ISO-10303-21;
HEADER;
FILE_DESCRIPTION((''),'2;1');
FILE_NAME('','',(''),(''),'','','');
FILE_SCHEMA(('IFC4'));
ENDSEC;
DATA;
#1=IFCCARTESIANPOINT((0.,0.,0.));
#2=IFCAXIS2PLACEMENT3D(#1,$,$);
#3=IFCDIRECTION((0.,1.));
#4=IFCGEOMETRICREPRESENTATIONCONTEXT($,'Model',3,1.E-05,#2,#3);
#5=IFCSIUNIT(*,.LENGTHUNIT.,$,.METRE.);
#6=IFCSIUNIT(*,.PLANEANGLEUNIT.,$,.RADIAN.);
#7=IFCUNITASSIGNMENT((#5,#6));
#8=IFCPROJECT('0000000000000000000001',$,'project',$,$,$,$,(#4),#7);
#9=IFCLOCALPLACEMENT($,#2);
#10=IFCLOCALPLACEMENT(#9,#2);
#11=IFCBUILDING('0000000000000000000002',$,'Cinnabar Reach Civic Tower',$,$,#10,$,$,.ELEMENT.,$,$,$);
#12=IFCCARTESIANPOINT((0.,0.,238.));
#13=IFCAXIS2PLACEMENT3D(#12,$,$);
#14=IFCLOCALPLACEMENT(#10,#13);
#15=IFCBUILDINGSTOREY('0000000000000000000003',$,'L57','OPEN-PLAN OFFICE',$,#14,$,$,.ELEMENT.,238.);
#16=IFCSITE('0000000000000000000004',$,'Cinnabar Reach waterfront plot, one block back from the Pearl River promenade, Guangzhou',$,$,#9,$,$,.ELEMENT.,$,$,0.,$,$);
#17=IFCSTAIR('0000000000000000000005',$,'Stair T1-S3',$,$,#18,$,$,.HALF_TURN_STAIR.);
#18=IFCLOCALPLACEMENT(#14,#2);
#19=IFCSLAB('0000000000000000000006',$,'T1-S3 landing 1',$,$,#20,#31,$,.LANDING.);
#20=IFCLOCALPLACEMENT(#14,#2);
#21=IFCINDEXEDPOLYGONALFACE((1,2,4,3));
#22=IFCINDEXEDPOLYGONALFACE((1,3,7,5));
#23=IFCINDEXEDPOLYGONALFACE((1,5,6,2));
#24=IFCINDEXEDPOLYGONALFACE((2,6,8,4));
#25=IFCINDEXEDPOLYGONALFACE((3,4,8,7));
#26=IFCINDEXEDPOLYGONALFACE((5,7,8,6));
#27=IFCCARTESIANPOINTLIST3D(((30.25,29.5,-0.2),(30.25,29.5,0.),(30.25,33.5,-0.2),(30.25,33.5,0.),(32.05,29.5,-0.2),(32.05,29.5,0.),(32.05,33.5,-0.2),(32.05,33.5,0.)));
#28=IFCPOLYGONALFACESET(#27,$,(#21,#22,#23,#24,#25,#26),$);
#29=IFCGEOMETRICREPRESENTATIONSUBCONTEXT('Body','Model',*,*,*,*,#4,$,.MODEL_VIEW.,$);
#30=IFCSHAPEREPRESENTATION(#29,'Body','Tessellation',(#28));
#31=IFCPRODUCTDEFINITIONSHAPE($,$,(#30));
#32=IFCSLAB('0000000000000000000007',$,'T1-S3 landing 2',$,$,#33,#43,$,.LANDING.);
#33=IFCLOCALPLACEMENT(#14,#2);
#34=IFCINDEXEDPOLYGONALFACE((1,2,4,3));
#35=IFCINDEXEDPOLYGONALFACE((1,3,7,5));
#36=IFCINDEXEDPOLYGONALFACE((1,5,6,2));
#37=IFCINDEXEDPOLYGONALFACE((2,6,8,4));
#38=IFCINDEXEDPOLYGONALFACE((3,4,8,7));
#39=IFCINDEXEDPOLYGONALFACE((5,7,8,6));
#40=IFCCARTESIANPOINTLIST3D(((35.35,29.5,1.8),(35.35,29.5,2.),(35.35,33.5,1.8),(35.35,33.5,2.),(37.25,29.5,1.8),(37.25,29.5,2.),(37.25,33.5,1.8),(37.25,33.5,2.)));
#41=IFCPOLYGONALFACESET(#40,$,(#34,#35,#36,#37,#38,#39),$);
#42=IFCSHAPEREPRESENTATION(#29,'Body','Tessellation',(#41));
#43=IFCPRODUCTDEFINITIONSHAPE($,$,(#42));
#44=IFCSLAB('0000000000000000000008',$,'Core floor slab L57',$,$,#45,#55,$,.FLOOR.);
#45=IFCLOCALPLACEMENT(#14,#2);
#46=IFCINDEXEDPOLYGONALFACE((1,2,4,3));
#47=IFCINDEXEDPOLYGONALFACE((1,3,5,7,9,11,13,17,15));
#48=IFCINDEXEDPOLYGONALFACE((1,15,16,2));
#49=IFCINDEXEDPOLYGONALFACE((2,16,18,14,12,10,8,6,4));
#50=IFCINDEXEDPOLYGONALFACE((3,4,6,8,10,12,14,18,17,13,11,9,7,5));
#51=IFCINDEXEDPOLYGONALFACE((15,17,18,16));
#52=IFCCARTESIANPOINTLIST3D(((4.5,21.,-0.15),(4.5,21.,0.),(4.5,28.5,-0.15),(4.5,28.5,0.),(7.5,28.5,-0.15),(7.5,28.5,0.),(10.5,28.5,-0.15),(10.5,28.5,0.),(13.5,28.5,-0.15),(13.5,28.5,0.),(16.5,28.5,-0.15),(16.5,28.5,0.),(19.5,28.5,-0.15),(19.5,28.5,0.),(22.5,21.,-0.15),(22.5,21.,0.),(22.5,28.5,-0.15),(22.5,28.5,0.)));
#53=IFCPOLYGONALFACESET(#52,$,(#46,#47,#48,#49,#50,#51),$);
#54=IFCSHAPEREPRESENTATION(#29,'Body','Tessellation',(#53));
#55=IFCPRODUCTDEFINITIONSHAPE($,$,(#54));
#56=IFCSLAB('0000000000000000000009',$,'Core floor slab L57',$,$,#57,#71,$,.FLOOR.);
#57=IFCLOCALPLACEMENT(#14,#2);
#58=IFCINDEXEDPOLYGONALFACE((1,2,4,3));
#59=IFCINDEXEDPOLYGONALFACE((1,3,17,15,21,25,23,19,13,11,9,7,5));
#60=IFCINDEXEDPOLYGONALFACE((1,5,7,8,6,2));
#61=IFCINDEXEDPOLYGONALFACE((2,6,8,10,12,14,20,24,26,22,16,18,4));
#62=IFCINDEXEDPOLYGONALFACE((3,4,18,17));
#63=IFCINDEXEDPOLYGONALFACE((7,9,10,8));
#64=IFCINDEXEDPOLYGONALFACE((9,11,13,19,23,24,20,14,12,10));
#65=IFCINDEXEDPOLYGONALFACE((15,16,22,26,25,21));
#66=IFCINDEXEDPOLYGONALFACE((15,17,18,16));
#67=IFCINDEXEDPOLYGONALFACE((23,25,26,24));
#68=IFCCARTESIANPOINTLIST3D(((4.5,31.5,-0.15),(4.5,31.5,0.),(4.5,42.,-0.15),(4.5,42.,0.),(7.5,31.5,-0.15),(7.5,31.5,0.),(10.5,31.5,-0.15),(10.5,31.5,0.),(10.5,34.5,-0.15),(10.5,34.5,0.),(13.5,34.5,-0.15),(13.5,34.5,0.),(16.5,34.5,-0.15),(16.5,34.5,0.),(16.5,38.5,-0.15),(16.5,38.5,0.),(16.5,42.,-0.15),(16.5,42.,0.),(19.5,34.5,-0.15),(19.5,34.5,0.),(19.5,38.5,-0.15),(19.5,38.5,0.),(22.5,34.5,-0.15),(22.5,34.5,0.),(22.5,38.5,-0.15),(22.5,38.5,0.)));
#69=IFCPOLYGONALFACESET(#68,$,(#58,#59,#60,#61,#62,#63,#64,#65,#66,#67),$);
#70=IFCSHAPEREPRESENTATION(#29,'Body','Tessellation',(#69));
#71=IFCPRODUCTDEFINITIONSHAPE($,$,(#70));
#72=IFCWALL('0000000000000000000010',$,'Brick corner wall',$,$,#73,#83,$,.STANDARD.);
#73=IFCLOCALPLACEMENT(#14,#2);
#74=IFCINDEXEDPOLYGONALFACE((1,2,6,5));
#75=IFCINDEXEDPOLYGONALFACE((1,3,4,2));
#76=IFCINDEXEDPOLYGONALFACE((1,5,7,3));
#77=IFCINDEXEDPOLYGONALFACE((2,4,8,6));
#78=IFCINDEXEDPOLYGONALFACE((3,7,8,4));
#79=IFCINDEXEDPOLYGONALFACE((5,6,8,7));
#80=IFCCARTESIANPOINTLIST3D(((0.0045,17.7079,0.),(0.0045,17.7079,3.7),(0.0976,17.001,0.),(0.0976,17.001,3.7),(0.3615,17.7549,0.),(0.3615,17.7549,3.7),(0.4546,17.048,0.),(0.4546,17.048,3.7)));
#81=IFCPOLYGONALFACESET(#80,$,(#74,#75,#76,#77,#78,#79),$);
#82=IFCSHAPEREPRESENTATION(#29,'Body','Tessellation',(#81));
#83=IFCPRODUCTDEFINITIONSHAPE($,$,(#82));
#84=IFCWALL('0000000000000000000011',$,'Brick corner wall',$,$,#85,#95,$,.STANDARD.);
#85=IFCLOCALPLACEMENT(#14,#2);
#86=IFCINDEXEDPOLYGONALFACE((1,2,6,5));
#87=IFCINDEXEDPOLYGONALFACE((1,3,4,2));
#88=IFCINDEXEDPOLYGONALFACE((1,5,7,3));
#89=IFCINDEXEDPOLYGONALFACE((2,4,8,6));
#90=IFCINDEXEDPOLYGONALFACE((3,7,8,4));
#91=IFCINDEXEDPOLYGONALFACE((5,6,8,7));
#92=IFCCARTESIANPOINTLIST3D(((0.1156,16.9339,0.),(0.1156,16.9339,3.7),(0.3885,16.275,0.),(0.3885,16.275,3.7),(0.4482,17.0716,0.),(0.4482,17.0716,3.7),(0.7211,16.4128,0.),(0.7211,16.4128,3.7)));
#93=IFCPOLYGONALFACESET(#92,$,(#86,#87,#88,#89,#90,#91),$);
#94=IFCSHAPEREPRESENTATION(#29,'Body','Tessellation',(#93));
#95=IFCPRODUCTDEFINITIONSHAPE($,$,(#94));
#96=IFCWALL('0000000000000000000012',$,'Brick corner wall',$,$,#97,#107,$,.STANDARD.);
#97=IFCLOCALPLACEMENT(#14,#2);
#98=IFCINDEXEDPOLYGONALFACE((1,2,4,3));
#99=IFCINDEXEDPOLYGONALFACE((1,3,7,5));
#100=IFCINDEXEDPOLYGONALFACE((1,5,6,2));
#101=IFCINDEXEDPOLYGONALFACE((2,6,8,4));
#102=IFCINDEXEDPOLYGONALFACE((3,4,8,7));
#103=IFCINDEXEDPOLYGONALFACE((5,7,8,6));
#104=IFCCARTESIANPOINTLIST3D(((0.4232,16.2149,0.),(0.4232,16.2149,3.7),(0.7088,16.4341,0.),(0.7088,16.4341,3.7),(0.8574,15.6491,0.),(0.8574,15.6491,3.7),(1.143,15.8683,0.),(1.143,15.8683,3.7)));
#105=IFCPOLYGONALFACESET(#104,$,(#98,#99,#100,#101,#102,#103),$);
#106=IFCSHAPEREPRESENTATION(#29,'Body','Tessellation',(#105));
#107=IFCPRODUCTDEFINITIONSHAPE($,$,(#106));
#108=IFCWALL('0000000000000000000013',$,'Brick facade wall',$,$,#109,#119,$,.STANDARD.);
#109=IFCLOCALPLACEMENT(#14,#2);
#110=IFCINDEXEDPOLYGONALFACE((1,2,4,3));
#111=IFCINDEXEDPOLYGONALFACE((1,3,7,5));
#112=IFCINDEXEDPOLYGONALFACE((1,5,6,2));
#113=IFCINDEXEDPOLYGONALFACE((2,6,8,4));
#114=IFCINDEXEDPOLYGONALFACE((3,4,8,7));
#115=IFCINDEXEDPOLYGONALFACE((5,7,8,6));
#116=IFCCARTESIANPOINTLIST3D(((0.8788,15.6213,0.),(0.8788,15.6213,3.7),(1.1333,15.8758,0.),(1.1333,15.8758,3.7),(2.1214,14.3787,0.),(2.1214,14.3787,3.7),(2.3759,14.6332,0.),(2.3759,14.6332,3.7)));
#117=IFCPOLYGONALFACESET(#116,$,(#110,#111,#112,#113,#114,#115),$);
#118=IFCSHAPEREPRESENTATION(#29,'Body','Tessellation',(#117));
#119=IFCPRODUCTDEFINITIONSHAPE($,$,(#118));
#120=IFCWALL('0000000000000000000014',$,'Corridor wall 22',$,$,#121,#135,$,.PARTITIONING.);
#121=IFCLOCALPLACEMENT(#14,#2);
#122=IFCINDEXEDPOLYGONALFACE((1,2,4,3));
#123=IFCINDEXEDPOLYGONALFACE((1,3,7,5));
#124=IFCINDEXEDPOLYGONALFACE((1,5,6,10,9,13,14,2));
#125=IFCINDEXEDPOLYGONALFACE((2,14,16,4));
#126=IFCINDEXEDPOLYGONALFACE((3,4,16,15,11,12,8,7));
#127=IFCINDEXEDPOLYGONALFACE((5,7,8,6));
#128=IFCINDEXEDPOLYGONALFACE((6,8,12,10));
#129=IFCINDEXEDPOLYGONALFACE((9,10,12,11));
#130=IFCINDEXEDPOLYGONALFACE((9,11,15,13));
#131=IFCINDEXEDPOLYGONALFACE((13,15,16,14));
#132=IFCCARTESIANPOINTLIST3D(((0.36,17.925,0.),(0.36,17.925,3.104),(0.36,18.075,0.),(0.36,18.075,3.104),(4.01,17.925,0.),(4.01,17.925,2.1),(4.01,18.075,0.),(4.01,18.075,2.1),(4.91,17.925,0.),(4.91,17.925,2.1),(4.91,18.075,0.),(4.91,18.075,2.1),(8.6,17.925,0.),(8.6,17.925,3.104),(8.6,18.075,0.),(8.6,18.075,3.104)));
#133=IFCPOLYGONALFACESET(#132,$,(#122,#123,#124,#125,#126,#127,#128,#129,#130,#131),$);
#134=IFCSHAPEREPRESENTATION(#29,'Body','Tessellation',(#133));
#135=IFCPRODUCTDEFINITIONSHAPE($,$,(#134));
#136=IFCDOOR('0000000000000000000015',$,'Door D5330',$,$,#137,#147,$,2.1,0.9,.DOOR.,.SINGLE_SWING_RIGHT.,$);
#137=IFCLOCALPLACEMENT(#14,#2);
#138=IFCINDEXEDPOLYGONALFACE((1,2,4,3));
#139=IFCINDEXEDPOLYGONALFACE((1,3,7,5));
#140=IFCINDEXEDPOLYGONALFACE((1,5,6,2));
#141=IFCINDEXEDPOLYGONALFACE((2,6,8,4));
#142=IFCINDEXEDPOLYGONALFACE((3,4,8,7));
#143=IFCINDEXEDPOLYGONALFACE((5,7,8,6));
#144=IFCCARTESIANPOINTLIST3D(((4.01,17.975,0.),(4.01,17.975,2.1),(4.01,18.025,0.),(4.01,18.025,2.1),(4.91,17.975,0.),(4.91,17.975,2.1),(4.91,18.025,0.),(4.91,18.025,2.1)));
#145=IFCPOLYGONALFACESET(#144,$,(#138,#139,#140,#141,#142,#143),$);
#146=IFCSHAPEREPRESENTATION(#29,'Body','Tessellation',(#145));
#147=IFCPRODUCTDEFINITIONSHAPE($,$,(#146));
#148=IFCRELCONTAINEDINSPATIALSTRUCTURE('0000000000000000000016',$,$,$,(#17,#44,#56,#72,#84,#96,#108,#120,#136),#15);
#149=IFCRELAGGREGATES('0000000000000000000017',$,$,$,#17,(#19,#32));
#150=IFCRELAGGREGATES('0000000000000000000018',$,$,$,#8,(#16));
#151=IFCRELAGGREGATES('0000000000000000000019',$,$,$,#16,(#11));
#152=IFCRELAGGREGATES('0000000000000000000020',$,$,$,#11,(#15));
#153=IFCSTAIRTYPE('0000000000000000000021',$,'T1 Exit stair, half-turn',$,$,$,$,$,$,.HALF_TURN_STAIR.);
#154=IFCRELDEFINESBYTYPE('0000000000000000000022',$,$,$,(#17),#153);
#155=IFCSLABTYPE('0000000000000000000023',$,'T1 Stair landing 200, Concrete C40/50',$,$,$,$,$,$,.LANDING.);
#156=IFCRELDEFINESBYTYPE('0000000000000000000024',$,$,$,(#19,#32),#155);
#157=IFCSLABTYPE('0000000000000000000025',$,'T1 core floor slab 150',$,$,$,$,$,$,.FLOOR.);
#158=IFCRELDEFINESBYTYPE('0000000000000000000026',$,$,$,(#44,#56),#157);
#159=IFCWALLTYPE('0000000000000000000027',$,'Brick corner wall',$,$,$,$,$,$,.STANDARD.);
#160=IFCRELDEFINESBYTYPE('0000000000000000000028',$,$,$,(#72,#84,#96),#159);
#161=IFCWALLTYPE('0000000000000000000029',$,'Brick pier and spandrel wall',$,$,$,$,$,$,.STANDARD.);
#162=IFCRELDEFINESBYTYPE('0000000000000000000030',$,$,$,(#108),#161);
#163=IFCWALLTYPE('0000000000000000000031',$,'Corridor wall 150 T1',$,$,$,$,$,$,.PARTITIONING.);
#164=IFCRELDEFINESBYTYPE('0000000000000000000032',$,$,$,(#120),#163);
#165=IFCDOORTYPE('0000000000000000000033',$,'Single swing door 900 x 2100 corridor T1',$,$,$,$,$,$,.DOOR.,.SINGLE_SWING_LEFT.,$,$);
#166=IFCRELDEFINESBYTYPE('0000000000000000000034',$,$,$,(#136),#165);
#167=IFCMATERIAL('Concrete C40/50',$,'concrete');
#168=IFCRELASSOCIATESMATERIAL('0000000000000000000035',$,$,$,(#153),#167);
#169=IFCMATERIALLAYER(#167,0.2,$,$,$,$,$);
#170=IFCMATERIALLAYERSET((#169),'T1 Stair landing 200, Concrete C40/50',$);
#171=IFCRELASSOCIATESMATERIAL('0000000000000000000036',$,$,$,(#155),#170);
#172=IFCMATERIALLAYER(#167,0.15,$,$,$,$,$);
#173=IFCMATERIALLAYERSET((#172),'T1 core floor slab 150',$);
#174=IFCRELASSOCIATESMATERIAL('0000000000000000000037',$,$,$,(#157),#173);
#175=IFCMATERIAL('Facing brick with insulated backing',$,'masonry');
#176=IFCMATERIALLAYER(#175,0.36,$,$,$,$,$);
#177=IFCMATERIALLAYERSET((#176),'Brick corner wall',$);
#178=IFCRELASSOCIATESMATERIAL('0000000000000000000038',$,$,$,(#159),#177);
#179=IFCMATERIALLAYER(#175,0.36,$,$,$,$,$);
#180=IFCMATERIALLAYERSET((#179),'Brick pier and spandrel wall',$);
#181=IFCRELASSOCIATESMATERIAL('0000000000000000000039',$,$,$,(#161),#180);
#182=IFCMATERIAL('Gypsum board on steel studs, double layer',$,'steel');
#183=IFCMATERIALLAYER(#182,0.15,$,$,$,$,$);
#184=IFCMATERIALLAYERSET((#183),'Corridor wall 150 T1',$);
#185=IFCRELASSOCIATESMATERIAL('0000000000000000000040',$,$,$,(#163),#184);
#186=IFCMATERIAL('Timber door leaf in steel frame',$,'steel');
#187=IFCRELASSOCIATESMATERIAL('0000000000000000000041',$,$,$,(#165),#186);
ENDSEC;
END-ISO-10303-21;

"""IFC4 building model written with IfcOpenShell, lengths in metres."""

from ifc_helpers import new_model, si_unit, direction, frame, frame_2d, origin, place, context, subcontext, project, spatial, polyline, rectangle, outline, extrude, material, layer, layer_set, type_object, element, fill, aggregate, save


model = new_model("IFC4")

# Units and contexts
model_context = context("Model", 3, precision=1e-05, world=origin(), true_north=direction((0.0, 1.0)))
body_context = subcontext(model_context, "Body", "Model", "MODEL_VIEW")
ifc_project = project(units=[si_unit("LENGTHUNIT", "METRE"), si_unit("PLANEANGLEUNIT", "RADIAN")], contexts=[model_context])

# Site, building, storey
site_placement = place(None, origin())
site = spatial("IfcSite", under=ifc_project, at=site_placement, Name="Cinnabar Reach waterfront plot, one block back from the Pearl River promenade, Guangzhou", CompositionType="ELEMENT", RefElevation=0.0)
building_placement = place(site_placement, origin())
building = spatial("IfcBuilding", under=site, at=building_placement, Name="Cinnabar Reach Civic Tower", CompositionType="ELEMENT")
storey_placement = place(building_placement, frame((0.0, 0.0, 238.0)))
storey = spatial("IfcBuildingStorey", under=building, at=storey_placement, Name="L57", Description="OPEN-PLAN OFFICE", CompositionType="ELEMENT", Elevation=238.0)

# Stair, slabs
ifc_material_1 = material(Name="Concrete C40/50", Category="concrete")
stair_type = type_object("IfcStairType", Name="T1 Exit stair, half-turn", PredefinedType="HALF_TURN_STAIR", material=ifc_material_1)
ifc_layer_1 = layer(ifc_material_1, 0.2)
ifc_layer_set_1 = layer_set([ifc_layer_1], Name="T1 Stair landing 200, Concrete C40/50")
slab_type_1 = type_object("IfcSlabType", Name="T1 Stair landing 200, Concrete C40/50", PredefinedType="LANDING", material=ifc_layer_set_1)
stair_1_placement = place(storey_placement, origin())
stair_1 = element("IfcStair", 1, at=stair_1_placement, inside=storey, type_object=stair_type, Name="Stair T1-S3", PredefinedType="HALF_TURN_STAIR")
slab_1_placement = place(storey_placement, frame((0.0, 0.0, -0.2)))
slab_1 = element("IfcSlab", 2, at=slab_1_placement, type_object=slab_type_1, Name="T1-S3 landing 1", PredefinedType="LANDING", context=body_context, shape_type="SweptSolid", body=[
    extrude(outline(polyline([(30.25, 29.5), (32.05, 29.5), (32.05, 33.5), (30.25, 33.5), (30.25, 29.5)])), origin(), (0.0, 0.0, 1.0), 0.2),
])
slab_2_placement = place(storey_placement, frame((0.0, 0.0, 1.8)))
slab_2 = element("IfcSlab", 3, at=slab_2_placement, type_object=slab_type_1, Name="T1-S3 landing 2", PredefinedType="LANDING", context=body_context, shape_type="SweptSolid", body=[
    extrude(outline(polyline([(35.35, 29.5), (37.25, 29.5), (37.25, 33.5), (35.35, 33.5), (35.35, 29.5)])), origin(), (0.0, 0.0, 1.0), 0.2),
])
aggregate(stair_1, [slab_1, slab_2])

# Slabs
ifc_layer_2 = layer(ifc_material_1, 0.15)
ifc_layer_set_2 = layer_set([ifc_layer_2], Name="T1 core floor slab 150")
slab_type_2 = type_object("IfcSlabType", Name="T1 core floor slab 150", PredefinedType="FLOOR", material=ifc_layer_set_2)
slab_3_placement = place(storey_placement, frame((0.0, 0.0, -0.15)))
element("IfcSlab", 4, at=slab_3_placement, inside=storey, type_object=slab_type_2, Name="Core floor slab L57", PredefinedType="FLOOR", context=body_context, shape_type="SweptSolid", body=[
    extrude(outline(polyline([(22.5, 21.0), (4.5, 21.0), (4.5, 28.5), (7.5, 28.5), (10.5, 28.5), (13.5, 28.5), (16.5, 28.5), (19.5, 28.5), (22.5, 28.5), (22.5, 21.0)])), origin(), (0.0, 0.0, 1.0), 0.15),
])
slab_4_placement = place(storey_placement, frame((0.0, 0.0, -0.15)))
element("IfcSlab", 5, at=slab_4_placement, inside=storey, type_object=slab_type_2, Name="Core floor slab L57", PredefinedType="FLOOR", context=body_context, shape_type="SweptSolid", body=[
    extrude(outline(polyline([(22.5, 34.5), (19.5, 34.5), (16.5, 34.5), (13.5, 34.5), (10.5, 34.5), (10.5, 31.5), (7.5, 31.5), (4.5, 31.5), (4.5, 42.0), (16.5, 42.0), (16.5, 38.5), (19.5, 38.5), (22.5, 38.5), (22.5, 34.5)])), origin(), (0.0, 0.0, 1.0), 0.15),
])

# Walls
ifc_material_2 = material(Name="Facing brick with insulated backing", Category="masonry")
ifc_layer_3 = layer(ifc_material_2, 0.36)
ifc_layer_set_3 = layer_set([ifc_layer_3], Name="Brick corner wall")
wall_type_1 = type_object("IfcWallType", Name="Brick corner wall", PredefinedType="STANDARD", material=ifc_layer_set_3)
for number, where, z_axis, x_axis, name in (
    (6, (0.183, 17.7314, 0.0), (0.0, 0.0, 1.0), (0.130556, -0.991441, 0.0), "Brick corner wall"),
    (7, (0.2819, 17.0027, 0.0), (0.0, 0.0, 1.0), (0.382703, -0.923872, 0.0), "Brick corner wall"),
):
    element("IfcWall", number, at=place(storey_placement, frame(where, z_axis=z_axis, x_axis=x_axis)), inside=storey, type_object=wall_type_1, Name=name, PredefinedType="STANDARD", context=body_context, shape_type="SweptSolid", body=[
        extrude(rectangle(XDim=0.7131, YDim=0.36, at=frame_2d((0.3565, 0.0))), origin(), (0.0, 0.0, 1.0), 3.7),
    ])
wall_1_placement = place(storey_placement, frame((0.566, 16.3245, 0.0), z_axis=(0.0, 0.0, 1.0), x_axis=(0.608802, -0.793322, 0.0)))
element("IfcWall", 8, at=wall_1_placement, inside=storey, type_object=wall_type_1, Name="Brick corner wall", PredefinedType="STANDARD", context=body_context, shape_type="SweptSolid", body=[
    extrude(rectangle(XDim=0.7132, YDim=0.36, at=frame_2d((0.3566, 0.0))), origin(), (0.0, 0.0, 1.0), 3.7),
])
ifc_layer_4 = layer(ifc_material_2, 0.36)
ifc_layer_set_4 = layer_set([ifc_layer_4], Name="Brick pier and spandrel wall")
wall_type_2 = type_object("IfcWallType", Name="Brick pier and spandrel wall", PredefinedType="STANDARD", material=ifc_layer_set_4)
wall_2_placement = place(storey_placement, frame((1.006, 15.7486, 0.0), z_axis=(0.0, 0.0, 1.0), x_axis=(0.707107, -0.707107, 0.0)))
element("IfcWall", 9, at=wall_2_placement, inside=storey, type_object=wall_type_2, Name="Brick facade wall", PredefinedType="STANDARD", context=body_context, shape_type="SweptSolid", body=[
    extrude(rectangle(XDim=1.7573, YDim=0.36, at=frame_2d((0.8787, 0.0))), origin(), (0.0, 0.0, 1.0), 3.7),
])

# Wall, opening, door
ifc_material_3 = material(Name="Gypsum board on steel studs, double layer", Category="steel")
ifc_layer_5 = layer(ifc_material_3, 0.15)
ifc_layer_set_5 = layer_set([ifc_layer_5], Name="Corridor wall 150 T1")
wall_type_3 = type_object("IfcWallType", Name="Corridor wall 150 T1", PredefinedType="PARTITIONING", material=ifc_layer_set_5)
wall_3_placement = place(storey_placement, frame((0.36, 18.0, 0.0), z_axis=(0.0, 0.0, 1.0), x_axis=(1.0, 0.0, 0.0)))
wall_3 = element("IfcWall", 10, at=wall_3_placement, inside=storey, type_object=wall_type_3, Name="Corridor wall 22", PredefinedType="PARTITIONING", context=body_context, shape_type="SweptSolid", body=[
    extrude(rectangle(XDim=8.24, YDim=0.15, at=frame_2d((4.12, 0.0))), origin(), (0.0, 0.0, 1.0), 3.104),
])
opening_placement = place(wall_3_placement, frame((3.65, 0.0, 0.0)))
opening = element("IfcOpeningElement", 11, at=opening_placement, cuts=wall_3, PredefinedType="OPENING", context=body_context, shape_type="SweptSolid", body=[
    extrude(rectangle(XDim=0.9, YDim=2.1, at=frame_2d((0.45, 1.05))), frame((0.0, 0.085, 0.0), z_axis=(0.0, -1.0, 0.0), x_axis=(1.0, 0.0, 0.0)), (0.0, 0.0, 1.0), 0.17),
])
ifc_material_4 = material(Name="Timber door leaf in steel frame", Category="steel")
door_type = type_object("IfcDoorType", Name="Single swing door 900 x 2100 corridor T1", OperationType="SINGLE_SWING_LEFT", PredefinedType="DOOR", material=ifc_material_4)
door_placement = place(opening_placement, frame((0.9, 0.0, 0.0), z_axis=(0.0, 0.0, 1.0), x_axis=(-1.0, 0.0, 0.0)))
door = element("IfcDoor", 12, at=door_placement, inside=storey, type_object=door_type, Name="Door D5330", OperationType="SINGLE_SWING_RIGHT", OverallHeight=2.1, OverallWidth=0.9, PredefinedType="DOOR", context=body_context, shape_type="SweptSolid", body=[
    extrude(rectangle(XDim=0.9, YDim=2.1, at=frame_2d((0.45, 1.05))), frame((0.0, 0.025, 0.0), z_axis=(0.0, -1.0, 0.0), x_axis=(1.0, 0.0, 0.0)), (0.0, 0.0, 1.0), 0.05),
])
fill(opening, door)

save(model, "model.ifc")
